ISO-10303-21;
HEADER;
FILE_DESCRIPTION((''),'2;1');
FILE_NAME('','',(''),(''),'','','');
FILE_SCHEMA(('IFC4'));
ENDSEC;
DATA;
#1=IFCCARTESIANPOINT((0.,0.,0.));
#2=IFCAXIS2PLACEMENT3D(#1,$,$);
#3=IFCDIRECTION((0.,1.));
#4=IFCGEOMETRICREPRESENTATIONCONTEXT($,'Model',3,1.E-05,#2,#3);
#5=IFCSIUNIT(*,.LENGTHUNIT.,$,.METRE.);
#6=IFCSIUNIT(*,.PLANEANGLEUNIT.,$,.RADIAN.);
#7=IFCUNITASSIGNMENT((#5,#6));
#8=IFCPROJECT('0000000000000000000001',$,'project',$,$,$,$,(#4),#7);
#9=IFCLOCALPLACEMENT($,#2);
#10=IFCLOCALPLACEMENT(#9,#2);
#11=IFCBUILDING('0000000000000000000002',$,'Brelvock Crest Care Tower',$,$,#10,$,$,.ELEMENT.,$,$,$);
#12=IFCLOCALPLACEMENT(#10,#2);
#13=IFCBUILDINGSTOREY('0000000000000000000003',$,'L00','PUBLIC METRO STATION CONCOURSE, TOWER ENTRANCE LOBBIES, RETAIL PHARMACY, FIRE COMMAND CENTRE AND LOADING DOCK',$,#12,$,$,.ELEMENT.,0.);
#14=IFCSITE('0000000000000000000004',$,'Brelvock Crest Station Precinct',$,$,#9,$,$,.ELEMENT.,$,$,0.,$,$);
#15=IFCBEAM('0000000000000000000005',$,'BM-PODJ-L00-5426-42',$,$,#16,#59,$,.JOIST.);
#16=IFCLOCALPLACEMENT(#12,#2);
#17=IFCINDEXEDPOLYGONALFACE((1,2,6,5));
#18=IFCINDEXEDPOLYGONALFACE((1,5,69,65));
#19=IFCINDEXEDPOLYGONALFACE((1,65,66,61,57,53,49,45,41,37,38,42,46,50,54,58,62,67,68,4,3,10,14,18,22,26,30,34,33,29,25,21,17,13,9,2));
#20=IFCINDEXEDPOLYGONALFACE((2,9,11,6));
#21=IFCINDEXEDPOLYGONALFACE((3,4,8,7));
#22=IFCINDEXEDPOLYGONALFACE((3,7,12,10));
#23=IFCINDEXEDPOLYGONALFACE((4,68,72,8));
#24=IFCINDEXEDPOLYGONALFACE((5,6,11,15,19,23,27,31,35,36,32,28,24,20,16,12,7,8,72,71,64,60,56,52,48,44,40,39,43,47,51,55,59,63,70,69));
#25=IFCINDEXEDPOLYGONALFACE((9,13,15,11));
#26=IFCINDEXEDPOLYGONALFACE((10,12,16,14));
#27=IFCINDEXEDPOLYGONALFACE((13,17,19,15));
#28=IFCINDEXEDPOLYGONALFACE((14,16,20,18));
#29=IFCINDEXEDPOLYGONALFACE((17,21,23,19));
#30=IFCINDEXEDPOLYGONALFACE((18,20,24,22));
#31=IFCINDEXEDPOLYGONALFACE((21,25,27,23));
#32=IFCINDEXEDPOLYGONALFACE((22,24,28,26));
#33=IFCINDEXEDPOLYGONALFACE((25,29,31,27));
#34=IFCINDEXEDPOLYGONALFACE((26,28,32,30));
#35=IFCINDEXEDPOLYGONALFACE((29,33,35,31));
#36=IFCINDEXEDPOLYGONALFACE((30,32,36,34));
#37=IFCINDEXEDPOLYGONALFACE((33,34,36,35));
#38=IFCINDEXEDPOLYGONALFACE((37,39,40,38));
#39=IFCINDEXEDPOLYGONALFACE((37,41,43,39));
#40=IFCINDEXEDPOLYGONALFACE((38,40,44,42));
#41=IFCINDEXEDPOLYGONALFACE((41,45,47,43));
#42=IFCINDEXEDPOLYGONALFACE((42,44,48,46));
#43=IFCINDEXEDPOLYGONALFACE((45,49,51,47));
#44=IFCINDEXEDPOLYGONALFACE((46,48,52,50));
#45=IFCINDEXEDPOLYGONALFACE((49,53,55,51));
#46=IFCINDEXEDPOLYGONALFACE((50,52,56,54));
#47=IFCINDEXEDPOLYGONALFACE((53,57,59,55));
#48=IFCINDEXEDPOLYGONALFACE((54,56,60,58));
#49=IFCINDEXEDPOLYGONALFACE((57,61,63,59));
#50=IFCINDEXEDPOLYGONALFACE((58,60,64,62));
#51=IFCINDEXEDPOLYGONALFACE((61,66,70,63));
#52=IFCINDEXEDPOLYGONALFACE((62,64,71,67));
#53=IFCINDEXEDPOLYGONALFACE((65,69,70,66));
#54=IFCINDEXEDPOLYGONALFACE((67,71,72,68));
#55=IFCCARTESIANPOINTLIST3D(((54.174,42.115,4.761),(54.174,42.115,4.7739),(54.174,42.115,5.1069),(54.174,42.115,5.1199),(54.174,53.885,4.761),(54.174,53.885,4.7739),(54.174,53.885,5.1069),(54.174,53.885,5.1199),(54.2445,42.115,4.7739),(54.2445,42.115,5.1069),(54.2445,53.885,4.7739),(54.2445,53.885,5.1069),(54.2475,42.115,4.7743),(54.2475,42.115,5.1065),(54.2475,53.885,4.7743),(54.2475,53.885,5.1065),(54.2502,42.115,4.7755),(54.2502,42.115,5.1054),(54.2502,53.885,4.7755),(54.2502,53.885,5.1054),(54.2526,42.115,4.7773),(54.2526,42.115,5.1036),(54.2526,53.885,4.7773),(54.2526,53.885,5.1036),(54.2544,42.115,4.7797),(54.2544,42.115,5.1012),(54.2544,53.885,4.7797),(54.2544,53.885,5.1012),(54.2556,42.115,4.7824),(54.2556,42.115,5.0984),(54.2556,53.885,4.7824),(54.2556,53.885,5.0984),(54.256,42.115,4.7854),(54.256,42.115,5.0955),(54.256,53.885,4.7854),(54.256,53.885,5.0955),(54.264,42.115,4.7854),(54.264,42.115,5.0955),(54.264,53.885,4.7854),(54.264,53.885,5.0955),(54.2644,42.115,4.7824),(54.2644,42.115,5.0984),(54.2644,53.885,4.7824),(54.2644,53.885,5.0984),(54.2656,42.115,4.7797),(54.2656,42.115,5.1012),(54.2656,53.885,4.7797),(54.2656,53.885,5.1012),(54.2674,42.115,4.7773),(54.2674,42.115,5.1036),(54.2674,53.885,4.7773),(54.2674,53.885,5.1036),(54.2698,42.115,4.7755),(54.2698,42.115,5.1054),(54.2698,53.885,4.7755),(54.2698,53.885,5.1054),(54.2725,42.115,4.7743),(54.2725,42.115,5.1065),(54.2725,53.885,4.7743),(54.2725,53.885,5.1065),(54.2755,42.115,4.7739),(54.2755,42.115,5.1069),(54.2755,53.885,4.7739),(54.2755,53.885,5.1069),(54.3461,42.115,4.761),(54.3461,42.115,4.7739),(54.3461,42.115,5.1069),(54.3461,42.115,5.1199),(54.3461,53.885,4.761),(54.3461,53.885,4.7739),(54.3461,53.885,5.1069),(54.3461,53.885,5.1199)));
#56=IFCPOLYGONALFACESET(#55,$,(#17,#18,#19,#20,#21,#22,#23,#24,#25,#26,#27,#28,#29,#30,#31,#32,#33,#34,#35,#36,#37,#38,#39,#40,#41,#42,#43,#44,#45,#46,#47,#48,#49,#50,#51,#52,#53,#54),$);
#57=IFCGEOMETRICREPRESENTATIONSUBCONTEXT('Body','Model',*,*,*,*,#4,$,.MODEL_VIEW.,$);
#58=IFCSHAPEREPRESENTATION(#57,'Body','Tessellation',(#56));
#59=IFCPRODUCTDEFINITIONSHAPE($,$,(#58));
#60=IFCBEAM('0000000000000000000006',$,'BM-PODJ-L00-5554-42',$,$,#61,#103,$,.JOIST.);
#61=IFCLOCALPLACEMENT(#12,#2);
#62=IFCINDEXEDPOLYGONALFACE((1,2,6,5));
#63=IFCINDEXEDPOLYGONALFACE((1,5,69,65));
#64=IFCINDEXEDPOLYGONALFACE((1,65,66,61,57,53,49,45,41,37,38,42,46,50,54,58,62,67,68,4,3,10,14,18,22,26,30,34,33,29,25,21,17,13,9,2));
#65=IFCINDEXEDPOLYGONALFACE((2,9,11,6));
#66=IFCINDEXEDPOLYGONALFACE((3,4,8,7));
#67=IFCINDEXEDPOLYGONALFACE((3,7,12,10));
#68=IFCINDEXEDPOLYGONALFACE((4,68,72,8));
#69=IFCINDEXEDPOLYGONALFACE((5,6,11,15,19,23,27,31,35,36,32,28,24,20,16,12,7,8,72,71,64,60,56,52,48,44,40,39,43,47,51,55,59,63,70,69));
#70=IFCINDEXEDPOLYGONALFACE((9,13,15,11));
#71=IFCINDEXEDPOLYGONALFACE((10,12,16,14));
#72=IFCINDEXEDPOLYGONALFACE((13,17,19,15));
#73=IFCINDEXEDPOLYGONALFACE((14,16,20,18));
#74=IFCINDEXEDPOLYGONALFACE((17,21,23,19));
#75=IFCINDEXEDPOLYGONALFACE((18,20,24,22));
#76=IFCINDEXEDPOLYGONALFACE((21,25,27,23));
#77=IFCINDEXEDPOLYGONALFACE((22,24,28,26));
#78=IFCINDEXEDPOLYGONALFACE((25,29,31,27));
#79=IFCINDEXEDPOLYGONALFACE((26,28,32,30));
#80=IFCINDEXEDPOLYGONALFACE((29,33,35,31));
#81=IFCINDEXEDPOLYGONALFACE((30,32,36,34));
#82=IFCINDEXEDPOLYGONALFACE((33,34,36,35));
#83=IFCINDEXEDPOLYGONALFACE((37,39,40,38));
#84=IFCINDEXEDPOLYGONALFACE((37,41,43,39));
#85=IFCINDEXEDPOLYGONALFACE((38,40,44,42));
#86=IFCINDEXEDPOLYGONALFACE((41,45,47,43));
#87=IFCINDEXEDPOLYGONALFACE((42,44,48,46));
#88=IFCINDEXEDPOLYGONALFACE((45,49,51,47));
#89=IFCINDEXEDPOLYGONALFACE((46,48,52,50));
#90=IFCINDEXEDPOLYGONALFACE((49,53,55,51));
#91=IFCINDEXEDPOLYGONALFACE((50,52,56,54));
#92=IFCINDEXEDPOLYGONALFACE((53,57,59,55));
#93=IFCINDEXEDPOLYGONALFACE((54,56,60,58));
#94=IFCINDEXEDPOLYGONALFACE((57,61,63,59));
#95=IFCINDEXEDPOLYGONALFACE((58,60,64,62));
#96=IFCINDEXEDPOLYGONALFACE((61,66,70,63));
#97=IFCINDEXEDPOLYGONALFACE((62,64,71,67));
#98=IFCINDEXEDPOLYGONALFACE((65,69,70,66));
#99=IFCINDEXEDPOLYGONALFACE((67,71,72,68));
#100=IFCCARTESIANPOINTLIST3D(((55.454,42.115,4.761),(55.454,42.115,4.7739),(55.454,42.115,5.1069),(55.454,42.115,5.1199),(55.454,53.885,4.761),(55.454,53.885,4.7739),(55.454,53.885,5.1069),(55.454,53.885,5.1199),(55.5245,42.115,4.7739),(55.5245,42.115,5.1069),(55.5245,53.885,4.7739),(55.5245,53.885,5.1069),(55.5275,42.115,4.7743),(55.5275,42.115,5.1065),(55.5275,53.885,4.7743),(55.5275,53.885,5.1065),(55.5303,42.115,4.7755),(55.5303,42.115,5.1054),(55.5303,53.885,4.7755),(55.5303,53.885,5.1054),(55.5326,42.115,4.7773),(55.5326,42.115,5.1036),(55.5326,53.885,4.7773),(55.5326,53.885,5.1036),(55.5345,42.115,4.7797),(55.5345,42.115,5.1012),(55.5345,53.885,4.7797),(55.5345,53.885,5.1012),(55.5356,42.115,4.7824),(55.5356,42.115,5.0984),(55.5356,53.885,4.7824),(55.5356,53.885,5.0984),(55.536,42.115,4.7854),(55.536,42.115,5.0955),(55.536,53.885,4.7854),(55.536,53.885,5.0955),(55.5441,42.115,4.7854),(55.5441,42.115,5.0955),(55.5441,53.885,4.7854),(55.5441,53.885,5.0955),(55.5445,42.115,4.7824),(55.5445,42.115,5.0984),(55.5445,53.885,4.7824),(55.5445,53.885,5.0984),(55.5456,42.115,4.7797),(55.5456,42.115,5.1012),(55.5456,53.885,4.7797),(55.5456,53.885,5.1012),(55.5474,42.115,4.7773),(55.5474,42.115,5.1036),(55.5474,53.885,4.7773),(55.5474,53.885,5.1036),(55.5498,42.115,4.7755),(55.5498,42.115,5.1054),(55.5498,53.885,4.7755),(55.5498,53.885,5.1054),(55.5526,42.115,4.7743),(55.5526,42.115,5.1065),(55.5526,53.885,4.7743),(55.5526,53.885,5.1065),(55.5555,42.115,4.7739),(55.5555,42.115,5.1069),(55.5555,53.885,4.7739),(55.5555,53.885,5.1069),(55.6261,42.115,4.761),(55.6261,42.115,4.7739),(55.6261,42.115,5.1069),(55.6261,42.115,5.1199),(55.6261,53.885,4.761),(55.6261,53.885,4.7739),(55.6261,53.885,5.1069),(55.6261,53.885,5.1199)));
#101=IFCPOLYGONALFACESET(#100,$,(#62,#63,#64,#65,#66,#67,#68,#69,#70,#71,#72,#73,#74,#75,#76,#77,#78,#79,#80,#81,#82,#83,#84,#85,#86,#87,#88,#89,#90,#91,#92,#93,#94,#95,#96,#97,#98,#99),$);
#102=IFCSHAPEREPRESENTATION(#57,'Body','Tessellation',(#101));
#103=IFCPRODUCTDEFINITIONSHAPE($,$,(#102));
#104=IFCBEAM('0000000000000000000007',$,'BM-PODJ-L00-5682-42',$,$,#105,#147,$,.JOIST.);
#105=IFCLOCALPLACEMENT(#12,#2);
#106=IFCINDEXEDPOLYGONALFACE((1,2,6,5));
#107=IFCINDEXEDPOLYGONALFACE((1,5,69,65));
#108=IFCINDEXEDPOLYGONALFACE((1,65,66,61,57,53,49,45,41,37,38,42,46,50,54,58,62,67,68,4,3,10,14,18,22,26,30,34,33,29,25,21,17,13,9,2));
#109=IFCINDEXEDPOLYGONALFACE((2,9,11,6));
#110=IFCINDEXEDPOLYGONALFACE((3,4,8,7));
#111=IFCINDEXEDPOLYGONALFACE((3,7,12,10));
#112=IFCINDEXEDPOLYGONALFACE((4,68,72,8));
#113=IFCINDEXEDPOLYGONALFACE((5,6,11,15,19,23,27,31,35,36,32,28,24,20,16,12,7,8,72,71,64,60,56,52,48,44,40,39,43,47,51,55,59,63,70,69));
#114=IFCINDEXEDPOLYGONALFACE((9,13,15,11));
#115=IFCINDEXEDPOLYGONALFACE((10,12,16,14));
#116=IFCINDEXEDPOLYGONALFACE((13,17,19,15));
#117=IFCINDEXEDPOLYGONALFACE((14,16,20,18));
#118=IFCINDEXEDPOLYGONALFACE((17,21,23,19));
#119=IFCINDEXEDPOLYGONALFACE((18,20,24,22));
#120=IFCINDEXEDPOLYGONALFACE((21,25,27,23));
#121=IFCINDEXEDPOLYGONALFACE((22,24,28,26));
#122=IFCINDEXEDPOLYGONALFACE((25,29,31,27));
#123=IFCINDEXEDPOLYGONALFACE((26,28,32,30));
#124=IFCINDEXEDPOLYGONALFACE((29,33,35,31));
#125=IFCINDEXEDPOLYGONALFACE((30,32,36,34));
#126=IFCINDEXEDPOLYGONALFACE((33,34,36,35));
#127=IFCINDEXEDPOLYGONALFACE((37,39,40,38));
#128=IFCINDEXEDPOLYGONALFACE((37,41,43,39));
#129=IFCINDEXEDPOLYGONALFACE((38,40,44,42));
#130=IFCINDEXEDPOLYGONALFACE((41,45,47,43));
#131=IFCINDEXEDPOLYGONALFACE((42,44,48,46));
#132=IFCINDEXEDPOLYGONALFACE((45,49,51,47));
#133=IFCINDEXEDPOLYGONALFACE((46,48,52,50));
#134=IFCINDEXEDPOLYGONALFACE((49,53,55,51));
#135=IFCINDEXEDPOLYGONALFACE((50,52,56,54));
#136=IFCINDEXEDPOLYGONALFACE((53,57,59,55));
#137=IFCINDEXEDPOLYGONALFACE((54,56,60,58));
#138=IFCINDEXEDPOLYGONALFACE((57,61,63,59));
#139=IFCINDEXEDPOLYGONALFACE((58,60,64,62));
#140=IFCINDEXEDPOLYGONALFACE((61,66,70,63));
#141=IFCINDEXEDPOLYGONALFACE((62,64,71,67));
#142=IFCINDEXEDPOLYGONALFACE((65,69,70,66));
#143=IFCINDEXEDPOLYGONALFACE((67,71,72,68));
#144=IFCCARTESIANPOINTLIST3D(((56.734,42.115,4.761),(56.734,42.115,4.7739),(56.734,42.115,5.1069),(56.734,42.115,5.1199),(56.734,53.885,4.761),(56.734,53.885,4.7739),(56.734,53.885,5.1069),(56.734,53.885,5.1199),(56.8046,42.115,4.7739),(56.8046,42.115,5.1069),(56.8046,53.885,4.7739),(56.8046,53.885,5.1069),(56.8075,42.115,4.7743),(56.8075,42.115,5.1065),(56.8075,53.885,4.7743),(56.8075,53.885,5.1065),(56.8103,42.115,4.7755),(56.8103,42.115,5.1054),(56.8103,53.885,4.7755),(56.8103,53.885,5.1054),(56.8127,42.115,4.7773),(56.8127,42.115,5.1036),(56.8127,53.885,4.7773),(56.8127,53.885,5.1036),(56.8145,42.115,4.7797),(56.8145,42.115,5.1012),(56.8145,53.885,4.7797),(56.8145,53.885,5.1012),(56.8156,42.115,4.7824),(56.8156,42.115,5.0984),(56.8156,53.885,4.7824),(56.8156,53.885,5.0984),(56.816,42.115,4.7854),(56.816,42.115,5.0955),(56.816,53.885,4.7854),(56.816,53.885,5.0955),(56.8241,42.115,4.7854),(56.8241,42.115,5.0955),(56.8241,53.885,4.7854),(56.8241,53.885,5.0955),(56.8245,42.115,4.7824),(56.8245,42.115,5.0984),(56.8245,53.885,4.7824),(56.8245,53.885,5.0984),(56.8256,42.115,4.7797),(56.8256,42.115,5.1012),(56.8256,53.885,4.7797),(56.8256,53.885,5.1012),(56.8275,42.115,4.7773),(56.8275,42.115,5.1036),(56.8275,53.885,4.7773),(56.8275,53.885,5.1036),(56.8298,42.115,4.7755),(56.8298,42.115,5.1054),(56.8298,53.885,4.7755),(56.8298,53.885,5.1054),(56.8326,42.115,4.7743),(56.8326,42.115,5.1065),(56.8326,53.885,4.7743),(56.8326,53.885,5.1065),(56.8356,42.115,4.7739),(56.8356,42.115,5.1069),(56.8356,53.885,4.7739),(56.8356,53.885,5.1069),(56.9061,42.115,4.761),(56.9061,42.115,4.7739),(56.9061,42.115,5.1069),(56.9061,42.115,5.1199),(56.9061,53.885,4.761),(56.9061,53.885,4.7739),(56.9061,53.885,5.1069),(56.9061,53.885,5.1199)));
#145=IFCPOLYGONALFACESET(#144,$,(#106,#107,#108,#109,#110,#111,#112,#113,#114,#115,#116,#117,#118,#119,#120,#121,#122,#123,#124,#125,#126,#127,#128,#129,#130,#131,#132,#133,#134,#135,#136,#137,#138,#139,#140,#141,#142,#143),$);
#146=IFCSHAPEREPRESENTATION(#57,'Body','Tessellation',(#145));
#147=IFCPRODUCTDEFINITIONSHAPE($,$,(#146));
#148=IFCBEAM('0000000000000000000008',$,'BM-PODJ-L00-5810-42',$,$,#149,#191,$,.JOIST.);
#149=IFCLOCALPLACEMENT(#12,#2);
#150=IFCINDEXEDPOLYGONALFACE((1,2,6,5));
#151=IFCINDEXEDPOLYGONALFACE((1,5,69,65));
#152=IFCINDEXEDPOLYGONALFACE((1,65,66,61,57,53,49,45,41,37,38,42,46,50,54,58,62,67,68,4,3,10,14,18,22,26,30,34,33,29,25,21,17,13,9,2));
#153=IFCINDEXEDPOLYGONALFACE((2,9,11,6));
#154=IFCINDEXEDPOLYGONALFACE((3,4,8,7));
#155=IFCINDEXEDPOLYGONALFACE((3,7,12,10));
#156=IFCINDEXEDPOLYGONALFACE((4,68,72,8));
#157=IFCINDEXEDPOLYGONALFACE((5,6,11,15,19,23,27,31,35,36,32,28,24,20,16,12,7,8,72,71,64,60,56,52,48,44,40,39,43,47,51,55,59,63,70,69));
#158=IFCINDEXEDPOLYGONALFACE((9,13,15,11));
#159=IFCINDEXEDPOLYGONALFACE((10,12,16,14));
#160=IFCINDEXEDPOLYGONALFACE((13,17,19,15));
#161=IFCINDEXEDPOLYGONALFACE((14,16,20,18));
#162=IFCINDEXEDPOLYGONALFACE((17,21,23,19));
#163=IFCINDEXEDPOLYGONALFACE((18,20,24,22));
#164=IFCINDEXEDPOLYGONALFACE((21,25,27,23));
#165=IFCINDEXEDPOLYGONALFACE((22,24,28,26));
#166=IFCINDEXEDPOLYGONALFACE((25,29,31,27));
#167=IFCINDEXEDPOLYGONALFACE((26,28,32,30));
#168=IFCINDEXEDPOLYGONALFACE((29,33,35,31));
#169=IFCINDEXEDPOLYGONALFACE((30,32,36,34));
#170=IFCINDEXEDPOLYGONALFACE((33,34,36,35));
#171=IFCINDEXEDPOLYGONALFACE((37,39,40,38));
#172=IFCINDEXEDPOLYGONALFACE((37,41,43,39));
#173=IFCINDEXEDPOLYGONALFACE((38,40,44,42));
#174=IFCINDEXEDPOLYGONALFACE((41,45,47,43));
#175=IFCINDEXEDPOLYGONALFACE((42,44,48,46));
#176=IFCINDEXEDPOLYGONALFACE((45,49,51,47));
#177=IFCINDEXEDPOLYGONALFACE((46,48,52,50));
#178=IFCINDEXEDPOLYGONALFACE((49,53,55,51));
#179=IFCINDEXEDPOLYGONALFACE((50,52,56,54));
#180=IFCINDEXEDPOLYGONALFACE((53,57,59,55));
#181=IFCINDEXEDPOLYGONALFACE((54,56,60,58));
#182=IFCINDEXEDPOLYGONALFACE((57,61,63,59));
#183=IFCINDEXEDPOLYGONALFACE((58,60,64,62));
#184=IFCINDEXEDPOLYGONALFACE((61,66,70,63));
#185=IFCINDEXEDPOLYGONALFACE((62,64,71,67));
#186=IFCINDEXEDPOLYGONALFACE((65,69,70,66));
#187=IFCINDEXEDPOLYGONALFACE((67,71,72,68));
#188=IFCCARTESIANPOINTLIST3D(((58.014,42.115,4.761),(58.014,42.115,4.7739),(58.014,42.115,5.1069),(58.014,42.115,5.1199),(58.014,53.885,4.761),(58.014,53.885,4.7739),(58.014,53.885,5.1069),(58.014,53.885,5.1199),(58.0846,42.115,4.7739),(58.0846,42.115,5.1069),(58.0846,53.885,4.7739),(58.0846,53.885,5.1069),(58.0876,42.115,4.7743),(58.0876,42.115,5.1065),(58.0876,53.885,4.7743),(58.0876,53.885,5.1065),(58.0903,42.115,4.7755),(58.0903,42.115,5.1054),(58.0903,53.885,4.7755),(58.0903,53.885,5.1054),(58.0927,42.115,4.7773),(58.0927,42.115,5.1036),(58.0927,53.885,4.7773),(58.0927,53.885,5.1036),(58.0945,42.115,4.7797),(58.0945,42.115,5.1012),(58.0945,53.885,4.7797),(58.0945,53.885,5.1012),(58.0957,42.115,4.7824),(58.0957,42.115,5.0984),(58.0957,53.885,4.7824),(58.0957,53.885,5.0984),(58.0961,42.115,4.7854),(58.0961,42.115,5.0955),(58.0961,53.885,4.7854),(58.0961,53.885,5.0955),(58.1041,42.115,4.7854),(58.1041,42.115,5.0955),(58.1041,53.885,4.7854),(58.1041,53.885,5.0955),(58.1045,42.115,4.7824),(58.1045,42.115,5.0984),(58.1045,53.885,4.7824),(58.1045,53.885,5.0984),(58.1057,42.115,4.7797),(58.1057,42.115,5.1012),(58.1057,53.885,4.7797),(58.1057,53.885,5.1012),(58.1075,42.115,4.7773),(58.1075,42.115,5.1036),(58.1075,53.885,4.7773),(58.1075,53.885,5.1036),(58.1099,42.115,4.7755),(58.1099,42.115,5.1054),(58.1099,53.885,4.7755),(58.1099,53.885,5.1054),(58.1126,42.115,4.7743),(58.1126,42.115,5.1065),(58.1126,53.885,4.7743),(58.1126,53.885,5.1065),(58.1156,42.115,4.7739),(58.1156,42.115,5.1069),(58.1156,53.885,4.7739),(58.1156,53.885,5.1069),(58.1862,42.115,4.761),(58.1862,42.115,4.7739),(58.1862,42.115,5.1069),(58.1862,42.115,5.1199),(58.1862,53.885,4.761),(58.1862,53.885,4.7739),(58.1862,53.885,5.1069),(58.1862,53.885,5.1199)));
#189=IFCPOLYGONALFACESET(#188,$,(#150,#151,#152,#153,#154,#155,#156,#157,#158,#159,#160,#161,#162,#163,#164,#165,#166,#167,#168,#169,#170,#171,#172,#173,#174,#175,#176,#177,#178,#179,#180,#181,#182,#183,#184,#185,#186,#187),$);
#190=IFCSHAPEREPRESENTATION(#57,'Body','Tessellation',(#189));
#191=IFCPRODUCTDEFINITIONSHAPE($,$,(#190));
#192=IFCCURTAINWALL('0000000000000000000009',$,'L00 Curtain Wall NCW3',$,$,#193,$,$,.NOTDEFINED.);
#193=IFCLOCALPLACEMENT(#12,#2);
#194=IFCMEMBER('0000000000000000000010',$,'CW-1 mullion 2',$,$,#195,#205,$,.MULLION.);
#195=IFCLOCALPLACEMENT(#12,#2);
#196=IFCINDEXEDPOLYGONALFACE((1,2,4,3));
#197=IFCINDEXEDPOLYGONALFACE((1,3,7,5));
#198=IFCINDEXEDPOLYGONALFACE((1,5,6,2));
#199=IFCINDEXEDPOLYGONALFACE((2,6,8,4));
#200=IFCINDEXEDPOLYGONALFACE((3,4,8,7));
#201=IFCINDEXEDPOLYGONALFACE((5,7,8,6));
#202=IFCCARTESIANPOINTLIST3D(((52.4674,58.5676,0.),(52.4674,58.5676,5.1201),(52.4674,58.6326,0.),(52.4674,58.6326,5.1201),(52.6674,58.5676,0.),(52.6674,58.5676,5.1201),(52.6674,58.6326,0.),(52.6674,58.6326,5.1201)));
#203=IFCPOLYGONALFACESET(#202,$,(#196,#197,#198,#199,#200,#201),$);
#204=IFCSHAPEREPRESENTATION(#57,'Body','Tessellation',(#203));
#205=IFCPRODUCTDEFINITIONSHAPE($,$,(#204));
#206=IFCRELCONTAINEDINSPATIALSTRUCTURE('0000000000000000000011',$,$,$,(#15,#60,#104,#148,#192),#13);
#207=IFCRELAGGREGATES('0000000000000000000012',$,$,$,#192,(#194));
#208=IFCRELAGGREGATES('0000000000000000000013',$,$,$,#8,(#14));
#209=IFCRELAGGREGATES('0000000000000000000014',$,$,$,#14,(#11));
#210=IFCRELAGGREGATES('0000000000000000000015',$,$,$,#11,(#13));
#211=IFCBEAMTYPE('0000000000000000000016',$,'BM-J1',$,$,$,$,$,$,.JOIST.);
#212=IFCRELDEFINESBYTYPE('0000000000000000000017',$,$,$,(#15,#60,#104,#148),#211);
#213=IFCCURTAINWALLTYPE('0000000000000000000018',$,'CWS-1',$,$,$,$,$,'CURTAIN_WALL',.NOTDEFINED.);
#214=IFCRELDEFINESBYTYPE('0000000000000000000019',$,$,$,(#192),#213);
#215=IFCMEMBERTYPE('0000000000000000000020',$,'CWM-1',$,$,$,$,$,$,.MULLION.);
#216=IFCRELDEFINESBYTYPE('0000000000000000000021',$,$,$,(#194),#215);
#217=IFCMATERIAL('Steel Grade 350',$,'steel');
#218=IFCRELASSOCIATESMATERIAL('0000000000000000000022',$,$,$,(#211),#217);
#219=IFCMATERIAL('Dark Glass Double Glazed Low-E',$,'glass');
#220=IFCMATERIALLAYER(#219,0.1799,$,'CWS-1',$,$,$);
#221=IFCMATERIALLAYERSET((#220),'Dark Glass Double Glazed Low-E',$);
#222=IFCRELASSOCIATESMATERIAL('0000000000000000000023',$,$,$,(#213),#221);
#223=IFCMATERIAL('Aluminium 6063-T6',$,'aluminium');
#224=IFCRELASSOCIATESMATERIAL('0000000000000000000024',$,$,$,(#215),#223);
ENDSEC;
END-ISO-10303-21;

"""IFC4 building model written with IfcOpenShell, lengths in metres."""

from ifc_helpers import new_model, si_unit, direction, frame, origin, origin_2d, place, context, subcontext, project, spatial, rectangle, i_section, extrude, source, transform, mapped, material, layer, layer_set, material_profile, profile_set, type_object, element, aggregate, save


model = new_model("IFC4")

# Units and contexts
model_context = context("Model", 3, precision=1e-05, world=origin(), true_north=direction((0.0, 1.0)))
body_context = subcontext(model_context, "Body", "Model", "MODEL_VIEW")
ifc_project = project(units=[si_unit("LENGTHUNIT", "METRE"), si_unit("PLANEANGLEUNIT", "RADIAN")], contexts=[model_context])

# Site, building, storey
site_placement = place(None, origin())
site = spatial("IfcSite", under=ifc_project, at=site_placement, Name="Brelvock Crest Station Precinct", CompositionType="ELEMENT", RefElevation=0.0)
building_placement = place(site_placement, origin())
building = spatial("IfcBuilding", under=site, at=building_placement, Name="Brelvock Crest Care Tower", CompositionType="ELEMENT")
storey_placement = place(building_placement, origin())
storey = spatial("IfcBuildingStorey", under=building, at=storey_placement, Name="L00", Description="PUBLIC METRO STATION CONCOURSE, TOWER ENTRANCE LOBBIES, RETAIL PHARMACY, FIRE COMMAND CENTRE AND LOADING DOCK", CompositionType="ELEMENT", Elevation=0.0)

# Shared definitions
ifc_material_1 = material(Name="Steel Grade 350", Category="steel")

# Beams
ifc_material_profile_1 = material_profile(ifc_material_1, i_section(OverallWidth=0.1721, OverallDepth=0.3589, WebThickness=0.0081, FlangeThickness=0.0129, FilletRadius=0.0115, at=origin_2d()), Name="360UB56.7")
ifc_profile_set_1 = profile_set([ifc_material_profile_1], Name="Steel Grade 350")
beam_type_1 = type_object("IfcBeamType", Name="BM-J1", PredefinedType="JOIST", material=ifc_profile_set_1)
shared_shape_1 = source(origin(), body_context, "Body", "SweptSolid", [
    extrude(i_section(OverallWidth=0.1721, OverallDepth=0.3589, WebThickness=0.0081, FlangeThickness=0.0129, FilletRadius=0.0115, at=origin_2d()), origin(), (0.0, 0.0, 1.0), 11.77),
])
for number, where, z_axis, x_axis, name in (
    (1, (54.26, 42.115, 4.9404), (0.0, 1.0, 0.0), (-1.0, 0.0, 0.0), "BM-PODJ-L00-5426-42"),
    (2, (55.54, 42.115, 4.9404), (0.0, 1.0, 0.0), (-1.0, 0.0, 0.0), "BM-PODJ-L00-5554-42"),
    (3, (56.8201, 42.115, 4.9404), (0.0, 1.0, 0.0), (-1.0, 0.0, 0.0), "BM-PODJ-L00-5682-42"),
    (4, (58.1001, 42.115, 4.9404), (0.0, 1.0, 0.0), (-1.0, 0.0, 0.0), "BM-PODJ-L00-5810-42"),
):
    element("IfcBeam", number, at=place(storey_placement, frame(where, z_axis=z_axis, x_axis=x_axis)), inside=storey, type_object=beam_type_1, Name=name, PredefinedType="JOIST", context=body_context, shape_type="MappedRepresentation", body=[
        mapped(shared_shape_1, transform((0.0, 0.0, 0.0), x_axis=(1.0, 0.0, 0.0), y_axis=(0.0, 1.0, 0.0), z_axis=(0.0, 0.0, 1.0), scale=1.0)),
    ])

# Curtain wall, member
ifc_material_2 = material(Name="Dark Glass Double Glazed Low-E", Category="glass")
ifc_layer_1 = layer(ifc_material_2, 0.1799, Name="CWS-1")
ifc_layer_set_1 = layer_set([ifc_layer_1], Name="Dark Glass Double Glazed Low-E")
curtain_wall_type = type_object("IfcCurtainWallType", Name="CWS-1", ElementType="CURTAIN_WALL", PredefinedType="NOTDEFINED", material=ifc_layer_set_1)
curtain_wall_1_placement = place(storey_placement, origin())
curtain_wall_1 = element("IfcCurtainWall", 5, at=curtain_wall_1_placement, inside=storey, type_object=curtain_wall_type, Name="L00 Curtain Wall NCW3", PredefinedType="NOTDEFINED")
ifc_material_3 = material(Name="Aluminium 6063-T6", Category="aluminium")
ifc_material_profile_2 = material_profile(ifc_material_3, rectangle(XDim=0.0649, YDim=0.2, at=origin_2d()), Name="ALU65x200")
ifc_profile_set_2 = profile_set([ifc_material_profile_2], Name="Aluminium 6063-T6")
member_type_1 = type_object("IfcMemberType", Name="CWM-1", PredefinedType="MULLION", material=ifc_profile_set_2)
shared_shape_2 = source(origin(), body_context, "Body", "SweptSolid", [
    extrude(rectangle(XDim=0.0649, YDim=0.2, at=origin_2d()), origin(), (0.0, 0.0, 1.0), 5.1201),
])
member_1_placement = place(storey_placement, frame((52.5674, 58.6001, 0.0), z_axis=(0.0, 0.0, 1.0), x_axis=(0.0, 1.0, 0.0)))
member_1 = element("IfcMember", 6, at=member_1_placement, type_object=member_type_1, Name="CW-1 mullion 2", PredefinedType="MULLION", context=body_context, shape_type="MappedRepresentation", body=[
    mapped(shared_shape_2, transform((0.0, 0.0, 0.0), x_axis=(1.0, 0.0, 0.0), y_axis=(0.0, 1.0, 0.0), z_axis=(0.0, 0.0, 1.0), scale=1.0)),
])
aggregate(curtain_wall_1, [member_1])

save(model, "model.ifc")
